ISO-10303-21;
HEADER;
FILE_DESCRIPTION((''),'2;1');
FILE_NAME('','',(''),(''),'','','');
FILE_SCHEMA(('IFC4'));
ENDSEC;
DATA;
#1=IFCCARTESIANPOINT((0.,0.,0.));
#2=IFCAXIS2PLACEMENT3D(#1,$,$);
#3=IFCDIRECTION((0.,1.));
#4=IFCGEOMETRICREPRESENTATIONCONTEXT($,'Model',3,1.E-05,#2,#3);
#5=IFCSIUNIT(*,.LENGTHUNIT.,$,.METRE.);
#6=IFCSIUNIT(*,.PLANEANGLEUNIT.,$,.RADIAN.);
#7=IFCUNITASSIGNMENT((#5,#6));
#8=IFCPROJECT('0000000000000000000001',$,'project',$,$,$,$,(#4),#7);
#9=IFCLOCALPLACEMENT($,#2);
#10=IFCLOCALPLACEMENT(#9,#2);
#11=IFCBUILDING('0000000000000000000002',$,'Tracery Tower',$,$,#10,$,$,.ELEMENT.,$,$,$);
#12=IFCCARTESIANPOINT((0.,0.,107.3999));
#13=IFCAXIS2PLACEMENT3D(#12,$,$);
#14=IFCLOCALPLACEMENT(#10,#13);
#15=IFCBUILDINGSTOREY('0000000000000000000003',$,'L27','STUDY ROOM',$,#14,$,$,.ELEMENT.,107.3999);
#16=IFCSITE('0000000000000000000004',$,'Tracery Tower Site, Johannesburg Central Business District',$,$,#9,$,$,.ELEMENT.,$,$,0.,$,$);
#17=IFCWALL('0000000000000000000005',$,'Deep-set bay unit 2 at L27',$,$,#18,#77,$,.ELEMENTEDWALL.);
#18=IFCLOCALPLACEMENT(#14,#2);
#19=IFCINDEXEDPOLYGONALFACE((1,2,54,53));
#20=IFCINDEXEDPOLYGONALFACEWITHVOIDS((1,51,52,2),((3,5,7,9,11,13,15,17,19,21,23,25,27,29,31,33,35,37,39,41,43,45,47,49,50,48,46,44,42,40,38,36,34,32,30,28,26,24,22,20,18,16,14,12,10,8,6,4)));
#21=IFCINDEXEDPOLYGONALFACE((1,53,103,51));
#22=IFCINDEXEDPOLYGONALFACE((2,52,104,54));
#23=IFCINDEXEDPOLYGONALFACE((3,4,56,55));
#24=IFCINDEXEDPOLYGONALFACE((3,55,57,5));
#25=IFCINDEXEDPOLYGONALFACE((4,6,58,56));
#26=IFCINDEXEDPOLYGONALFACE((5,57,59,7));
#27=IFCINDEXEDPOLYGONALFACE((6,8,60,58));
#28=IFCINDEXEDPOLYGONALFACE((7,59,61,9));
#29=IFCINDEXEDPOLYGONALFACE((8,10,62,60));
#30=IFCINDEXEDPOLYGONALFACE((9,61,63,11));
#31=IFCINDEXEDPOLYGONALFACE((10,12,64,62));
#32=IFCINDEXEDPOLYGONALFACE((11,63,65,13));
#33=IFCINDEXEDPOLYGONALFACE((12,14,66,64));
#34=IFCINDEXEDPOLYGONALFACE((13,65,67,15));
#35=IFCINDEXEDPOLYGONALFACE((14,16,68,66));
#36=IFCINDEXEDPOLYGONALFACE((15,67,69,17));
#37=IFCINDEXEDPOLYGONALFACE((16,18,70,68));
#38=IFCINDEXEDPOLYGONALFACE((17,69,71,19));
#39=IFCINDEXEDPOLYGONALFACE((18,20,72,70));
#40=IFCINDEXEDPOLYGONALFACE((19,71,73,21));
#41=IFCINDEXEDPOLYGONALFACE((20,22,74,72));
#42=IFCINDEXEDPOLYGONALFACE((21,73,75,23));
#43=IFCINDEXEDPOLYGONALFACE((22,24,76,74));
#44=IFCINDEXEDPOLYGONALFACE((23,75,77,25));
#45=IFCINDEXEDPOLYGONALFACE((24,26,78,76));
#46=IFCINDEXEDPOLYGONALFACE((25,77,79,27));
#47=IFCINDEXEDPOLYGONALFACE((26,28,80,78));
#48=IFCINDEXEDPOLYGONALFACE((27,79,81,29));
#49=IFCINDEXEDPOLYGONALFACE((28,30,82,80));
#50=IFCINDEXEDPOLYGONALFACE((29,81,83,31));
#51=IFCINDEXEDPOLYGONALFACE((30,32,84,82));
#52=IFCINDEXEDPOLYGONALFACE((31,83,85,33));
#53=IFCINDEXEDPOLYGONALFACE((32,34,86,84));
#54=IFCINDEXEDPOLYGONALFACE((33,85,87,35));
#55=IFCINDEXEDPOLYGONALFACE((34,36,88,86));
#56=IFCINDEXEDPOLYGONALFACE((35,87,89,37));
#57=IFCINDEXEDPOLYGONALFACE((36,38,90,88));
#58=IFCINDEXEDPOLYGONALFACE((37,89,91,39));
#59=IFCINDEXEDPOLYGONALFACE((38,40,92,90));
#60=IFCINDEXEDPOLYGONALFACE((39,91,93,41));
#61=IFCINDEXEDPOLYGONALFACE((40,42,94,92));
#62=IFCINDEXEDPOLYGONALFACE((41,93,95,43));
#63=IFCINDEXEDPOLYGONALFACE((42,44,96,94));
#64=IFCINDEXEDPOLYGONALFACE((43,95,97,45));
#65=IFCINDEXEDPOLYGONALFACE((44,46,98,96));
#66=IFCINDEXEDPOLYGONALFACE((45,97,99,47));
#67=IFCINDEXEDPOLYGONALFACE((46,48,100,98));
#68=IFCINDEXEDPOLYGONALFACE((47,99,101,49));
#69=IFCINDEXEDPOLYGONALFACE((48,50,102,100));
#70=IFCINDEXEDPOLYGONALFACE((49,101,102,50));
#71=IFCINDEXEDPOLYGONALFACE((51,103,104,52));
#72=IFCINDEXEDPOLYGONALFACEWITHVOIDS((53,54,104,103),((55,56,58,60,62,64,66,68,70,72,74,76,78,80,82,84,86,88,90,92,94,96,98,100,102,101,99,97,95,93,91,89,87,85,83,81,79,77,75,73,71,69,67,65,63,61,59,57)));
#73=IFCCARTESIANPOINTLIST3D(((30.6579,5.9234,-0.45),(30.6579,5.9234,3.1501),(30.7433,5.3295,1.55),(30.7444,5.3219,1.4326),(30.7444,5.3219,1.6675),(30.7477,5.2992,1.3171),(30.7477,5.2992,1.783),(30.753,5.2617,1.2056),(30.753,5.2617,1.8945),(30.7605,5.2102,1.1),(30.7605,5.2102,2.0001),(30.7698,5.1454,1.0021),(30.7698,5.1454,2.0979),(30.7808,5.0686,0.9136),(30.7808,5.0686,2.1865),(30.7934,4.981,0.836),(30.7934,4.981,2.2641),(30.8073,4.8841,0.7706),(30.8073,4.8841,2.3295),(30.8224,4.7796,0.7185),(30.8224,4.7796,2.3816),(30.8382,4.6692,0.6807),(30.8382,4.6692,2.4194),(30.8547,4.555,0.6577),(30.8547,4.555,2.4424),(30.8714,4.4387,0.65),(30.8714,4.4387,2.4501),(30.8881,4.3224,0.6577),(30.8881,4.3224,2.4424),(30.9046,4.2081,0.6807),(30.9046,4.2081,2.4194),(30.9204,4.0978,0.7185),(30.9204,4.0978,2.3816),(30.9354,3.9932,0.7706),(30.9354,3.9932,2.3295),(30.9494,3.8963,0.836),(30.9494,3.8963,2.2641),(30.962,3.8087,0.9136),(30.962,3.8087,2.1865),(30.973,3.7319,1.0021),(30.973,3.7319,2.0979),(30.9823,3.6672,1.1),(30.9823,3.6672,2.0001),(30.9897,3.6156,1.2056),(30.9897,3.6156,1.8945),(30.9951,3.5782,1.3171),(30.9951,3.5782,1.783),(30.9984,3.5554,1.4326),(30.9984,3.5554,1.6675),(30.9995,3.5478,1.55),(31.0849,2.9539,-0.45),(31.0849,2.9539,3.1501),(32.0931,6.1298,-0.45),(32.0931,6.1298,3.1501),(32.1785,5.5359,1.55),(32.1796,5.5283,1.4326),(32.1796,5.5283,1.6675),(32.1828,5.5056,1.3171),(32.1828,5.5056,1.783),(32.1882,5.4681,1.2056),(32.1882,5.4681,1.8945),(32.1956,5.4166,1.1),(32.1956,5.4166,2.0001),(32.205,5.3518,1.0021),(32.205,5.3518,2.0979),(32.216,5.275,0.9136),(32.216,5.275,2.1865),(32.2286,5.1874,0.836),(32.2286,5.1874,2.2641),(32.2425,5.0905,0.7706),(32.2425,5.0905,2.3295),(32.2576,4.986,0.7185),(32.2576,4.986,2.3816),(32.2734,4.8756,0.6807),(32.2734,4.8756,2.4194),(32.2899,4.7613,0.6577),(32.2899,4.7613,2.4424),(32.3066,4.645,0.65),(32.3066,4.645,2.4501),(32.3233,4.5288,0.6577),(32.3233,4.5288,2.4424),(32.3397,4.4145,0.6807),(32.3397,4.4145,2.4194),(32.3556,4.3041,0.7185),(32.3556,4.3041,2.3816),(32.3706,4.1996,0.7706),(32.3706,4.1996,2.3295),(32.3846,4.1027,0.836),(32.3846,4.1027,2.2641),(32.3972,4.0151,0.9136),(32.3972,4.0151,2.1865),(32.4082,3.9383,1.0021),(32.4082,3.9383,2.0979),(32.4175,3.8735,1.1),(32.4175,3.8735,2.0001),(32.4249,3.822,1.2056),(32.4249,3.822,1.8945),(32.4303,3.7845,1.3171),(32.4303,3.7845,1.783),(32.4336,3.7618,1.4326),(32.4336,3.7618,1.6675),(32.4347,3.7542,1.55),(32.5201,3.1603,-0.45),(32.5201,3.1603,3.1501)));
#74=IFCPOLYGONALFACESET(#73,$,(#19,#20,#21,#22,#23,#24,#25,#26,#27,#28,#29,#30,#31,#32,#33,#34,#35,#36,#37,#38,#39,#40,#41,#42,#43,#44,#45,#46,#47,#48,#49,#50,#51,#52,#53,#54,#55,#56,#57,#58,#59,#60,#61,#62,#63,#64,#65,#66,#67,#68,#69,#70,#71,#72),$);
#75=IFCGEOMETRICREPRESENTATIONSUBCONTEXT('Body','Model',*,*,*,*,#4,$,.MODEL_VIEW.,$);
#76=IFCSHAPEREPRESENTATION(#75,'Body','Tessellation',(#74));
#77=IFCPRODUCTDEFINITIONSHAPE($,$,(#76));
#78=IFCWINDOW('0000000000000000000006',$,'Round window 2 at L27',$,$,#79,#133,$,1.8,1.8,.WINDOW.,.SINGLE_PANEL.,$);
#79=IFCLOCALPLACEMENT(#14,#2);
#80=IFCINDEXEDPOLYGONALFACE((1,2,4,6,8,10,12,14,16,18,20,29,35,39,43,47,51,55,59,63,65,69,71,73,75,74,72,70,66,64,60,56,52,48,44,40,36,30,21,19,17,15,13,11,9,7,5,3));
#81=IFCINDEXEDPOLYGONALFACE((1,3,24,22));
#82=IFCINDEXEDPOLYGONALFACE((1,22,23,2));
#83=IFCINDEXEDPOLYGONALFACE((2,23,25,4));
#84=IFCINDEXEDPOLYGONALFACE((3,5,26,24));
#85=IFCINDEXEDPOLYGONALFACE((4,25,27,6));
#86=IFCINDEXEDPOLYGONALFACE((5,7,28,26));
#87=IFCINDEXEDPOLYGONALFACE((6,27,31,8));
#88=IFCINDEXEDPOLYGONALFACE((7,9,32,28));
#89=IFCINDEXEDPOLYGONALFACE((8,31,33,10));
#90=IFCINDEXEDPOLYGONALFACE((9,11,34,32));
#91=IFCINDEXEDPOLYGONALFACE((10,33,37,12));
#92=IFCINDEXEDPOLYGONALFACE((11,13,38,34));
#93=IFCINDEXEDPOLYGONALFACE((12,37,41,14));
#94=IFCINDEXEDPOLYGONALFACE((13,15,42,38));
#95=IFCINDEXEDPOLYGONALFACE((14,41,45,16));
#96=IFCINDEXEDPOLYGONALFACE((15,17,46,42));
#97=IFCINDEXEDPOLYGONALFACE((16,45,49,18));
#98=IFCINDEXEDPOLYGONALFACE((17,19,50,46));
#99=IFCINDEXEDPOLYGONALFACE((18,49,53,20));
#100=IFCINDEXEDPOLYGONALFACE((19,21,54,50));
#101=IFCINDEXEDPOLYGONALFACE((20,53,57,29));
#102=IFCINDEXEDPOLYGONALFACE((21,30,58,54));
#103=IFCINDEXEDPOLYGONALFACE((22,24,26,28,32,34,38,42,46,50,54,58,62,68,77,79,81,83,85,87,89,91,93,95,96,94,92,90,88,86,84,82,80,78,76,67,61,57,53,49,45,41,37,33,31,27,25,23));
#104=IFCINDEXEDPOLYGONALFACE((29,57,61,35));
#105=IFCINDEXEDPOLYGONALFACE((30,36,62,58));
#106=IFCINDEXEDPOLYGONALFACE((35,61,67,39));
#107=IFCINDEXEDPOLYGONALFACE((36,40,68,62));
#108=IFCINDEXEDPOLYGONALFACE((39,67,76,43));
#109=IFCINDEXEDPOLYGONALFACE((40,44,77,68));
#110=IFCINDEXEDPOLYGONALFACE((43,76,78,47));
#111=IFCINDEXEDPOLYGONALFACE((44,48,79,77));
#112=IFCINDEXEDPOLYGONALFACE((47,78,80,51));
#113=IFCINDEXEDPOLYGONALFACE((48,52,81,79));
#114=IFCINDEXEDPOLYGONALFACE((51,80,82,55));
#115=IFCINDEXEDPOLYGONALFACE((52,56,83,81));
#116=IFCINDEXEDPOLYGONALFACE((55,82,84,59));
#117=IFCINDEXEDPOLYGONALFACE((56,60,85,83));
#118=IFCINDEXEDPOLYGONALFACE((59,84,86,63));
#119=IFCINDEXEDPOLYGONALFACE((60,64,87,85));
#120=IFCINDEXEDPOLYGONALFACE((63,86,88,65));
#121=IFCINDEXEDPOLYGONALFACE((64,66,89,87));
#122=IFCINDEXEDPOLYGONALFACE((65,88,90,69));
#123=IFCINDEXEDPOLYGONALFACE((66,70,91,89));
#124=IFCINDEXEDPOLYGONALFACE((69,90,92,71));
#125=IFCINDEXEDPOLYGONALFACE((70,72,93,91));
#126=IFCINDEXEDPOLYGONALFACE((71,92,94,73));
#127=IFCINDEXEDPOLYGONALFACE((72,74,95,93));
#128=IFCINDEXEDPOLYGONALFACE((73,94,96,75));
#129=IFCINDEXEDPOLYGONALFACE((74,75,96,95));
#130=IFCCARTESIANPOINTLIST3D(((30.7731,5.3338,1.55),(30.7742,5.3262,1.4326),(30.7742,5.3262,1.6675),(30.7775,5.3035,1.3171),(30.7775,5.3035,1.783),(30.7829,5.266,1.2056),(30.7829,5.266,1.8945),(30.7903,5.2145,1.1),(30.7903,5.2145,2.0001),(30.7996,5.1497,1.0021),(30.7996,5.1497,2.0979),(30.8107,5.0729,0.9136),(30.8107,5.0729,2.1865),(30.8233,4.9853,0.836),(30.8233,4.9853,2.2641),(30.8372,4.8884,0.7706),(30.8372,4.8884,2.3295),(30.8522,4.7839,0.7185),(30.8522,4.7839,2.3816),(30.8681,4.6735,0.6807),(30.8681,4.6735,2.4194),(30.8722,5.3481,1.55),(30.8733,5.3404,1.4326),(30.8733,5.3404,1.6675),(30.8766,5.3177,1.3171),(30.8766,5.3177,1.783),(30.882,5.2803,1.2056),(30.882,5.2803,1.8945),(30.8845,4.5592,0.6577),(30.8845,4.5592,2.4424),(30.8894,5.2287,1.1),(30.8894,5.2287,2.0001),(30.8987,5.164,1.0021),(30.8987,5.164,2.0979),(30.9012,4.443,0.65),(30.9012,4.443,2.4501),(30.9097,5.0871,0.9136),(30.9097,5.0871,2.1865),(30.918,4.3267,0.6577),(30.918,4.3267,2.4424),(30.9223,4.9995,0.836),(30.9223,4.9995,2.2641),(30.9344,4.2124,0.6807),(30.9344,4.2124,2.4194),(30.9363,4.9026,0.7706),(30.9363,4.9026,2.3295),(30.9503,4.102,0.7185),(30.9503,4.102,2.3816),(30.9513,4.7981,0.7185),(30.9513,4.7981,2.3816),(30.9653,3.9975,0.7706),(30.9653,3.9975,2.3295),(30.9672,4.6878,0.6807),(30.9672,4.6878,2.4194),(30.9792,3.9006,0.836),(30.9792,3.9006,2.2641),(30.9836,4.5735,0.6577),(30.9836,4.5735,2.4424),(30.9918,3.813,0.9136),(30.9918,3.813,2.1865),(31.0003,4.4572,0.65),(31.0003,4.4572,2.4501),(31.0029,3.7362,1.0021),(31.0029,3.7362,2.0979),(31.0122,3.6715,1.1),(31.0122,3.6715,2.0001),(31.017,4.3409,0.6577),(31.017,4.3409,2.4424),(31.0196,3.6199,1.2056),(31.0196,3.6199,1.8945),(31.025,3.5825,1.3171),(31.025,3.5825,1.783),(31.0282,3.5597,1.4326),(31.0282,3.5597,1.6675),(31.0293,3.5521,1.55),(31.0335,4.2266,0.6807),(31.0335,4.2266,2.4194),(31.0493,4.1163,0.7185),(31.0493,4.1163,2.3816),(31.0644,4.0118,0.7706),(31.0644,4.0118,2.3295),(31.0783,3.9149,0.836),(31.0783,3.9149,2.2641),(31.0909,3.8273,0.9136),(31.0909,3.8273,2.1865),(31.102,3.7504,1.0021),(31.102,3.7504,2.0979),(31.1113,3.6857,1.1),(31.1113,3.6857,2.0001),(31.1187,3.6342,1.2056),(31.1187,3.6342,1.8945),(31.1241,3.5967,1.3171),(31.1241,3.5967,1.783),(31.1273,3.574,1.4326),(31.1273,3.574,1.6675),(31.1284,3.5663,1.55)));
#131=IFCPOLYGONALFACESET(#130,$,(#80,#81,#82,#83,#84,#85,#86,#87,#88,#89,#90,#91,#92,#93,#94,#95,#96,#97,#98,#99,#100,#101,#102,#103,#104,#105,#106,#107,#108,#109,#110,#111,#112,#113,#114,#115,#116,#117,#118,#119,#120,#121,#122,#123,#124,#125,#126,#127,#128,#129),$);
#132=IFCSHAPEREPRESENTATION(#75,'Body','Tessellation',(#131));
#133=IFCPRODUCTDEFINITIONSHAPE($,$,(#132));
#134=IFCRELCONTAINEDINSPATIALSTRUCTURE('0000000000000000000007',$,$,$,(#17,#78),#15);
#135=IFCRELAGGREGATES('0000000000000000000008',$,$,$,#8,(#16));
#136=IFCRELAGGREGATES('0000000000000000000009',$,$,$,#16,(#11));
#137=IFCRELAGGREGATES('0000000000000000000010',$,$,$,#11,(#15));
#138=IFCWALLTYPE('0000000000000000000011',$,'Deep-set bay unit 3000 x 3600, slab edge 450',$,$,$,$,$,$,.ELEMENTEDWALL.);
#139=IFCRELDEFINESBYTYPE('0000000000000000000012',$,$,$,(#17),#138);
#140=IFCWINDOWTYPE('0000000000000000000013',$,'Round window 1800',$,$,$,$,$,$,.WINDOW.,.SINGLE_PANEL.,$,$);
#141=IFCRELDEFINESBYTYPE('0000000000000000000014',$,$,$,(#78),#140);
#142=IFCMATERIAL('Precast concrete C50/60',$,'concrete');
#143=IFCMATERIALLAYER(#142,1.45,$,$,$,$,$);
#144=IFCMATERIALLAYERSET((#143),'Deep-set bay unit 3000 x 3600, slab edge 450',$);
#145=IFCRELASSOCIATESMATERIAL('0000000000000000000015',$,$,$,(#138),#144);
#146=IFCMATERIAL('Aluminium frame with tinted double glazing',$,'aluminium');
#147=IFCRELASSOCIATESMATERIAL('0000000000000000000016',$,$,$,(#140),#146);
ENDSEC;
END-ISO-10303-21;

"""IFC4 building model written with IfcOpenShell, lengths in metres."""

from ifc_helpers import new_model, si_unit, direction, frame, frame_2d, origin, origin_2d, place, context, subcontext, project, spatial, rectangle, circle, extrude, material, layer, layer_set, type_object, element, fill, save


model = new_model("IFC4")

# Units and contexts
model_context = context("Model", 3, precision=1e-05, world=origin(), true_north=direction((0.0, 1.0)))
body_context = subcontext(model_context, "Body", "Model", "MODEL_VIEW")
ifc_project = project(units=[si_unit("LENGTHUNIT", "METRE"), si_unit("PLANEANGLEUNIT", "RADIAN")], contexts=[model_context])

# Site, building, storey
site_placement = place(None, origin())
site = spatial("IfcSite", under=ifc_project, at=site_placement, Name="Tracery Tower Site, Johannesburg Central Business District", CompositionType="ELEMENT", RefElevation=0.0)
building_placement = place(site_placement, origin())
building = spatial("IfcBuilding", under=site, at=building_placement, Name="Tracery Tower", CompositionType="ELEMENT")
storey_placement = place(building_placement, frame((0.0, 0.0, 107.3999)))
storey = spatial("IfcBuildingStorey", under=building, at=storey_placement, Name="L27", Description="STUDY ROOM", CompositionType="ELEMENT", Elevation=107.3999)

# Wall, opening, window
ifc_material_1 = material(Name="Precast concrete C50/60", Category="concrete")
ifc_layer_1 = layer(ifc_material_1, 1.45)
ifc_layer_set_1 = layer_set([ifc_layer_1], Name="Deep-set bay unit 3000 x 3600, slab edge 450")
wall_type_1 = type_object("IfcWallType", Name="Deep-set bay unit 3000 x 3600, slab edge 450", PredefinedType="ELEMENTEDWALL", material=ifc_layer_set_1)
wall_1_placement = place(storey_placement, frame((31.8025, 3.0571, -0.45), z_axis=(0.0, 0.0, 1.0), x_axis=(-0.142333, 0.989819, 0.0)))
wall_1 = element("IfcWall", 1, at=wall_1_placement, inside=storey, type_object=wall_type_1, Name="Deep-set bay unit 2 at L27", PredefinedType="ELEMENTEDWALL", context=body_context, shape_type="SweptSolid", body=[
    extrude(rectangle(XDim=3.0, YDim=1.45, at=frame_2d((1.5, 0.0))), origin(), (0.0, 0.0, 1.0), 3.6001),
])
opening_1_placement = place(wall_1_placement, frame((1.5, 0.0, 2.0)))
opening_1 = element("IfcOpeningElement", 2, at=opening_1_placement, cuts=wall_1, PredefinedType="OPENING", context=body_context, shape_type="SweptSolid", body=[
    extrude(circle(Radius=0.9, at=origin_2d()), frame((0.0, 0.7349, 0.0), z_axis=(0.0, -1.0, 0.0), x_axis=(1.0, 0.0, 0.0)), (0.0, 0.0, 1.0), 1.47),
])
ifc_material_2 = material(Name="Aluminium frame with tinted double glazing", Category="aluminium")
window_type = type_object("IfcWindowType", Name="Round window 1800", PartitioningType="SINGLE_PANEL", PredefinedType="WINDOW", material=ifc_material_2)
window_1_placement = place(opening_1_placement, origin())
window_1 = element("IfcWindow", 3, at=window_1_placement, inside=storey, type_object=window_type, Name="Round window 2 at L27", OverallHeight=1.8, OverallWidth=1.8, PartitioningType="SINGLE_PANEL", PredefinedType="WINDOW", context=body_context, shape_type="SweptSolid", body=[
    extrude(circle(Radius=0.9, at=origin_2d()), frame((0.0, 0.6948, 0.0), z_axis=(0.0, -1.0, 0.0), x_axis=(1.0, 0.0, 0.0)), (0.0, 0.0, 1.0), 0.1001),
])
fill(opening_1, window_1)

save(model, "model.ifc")
